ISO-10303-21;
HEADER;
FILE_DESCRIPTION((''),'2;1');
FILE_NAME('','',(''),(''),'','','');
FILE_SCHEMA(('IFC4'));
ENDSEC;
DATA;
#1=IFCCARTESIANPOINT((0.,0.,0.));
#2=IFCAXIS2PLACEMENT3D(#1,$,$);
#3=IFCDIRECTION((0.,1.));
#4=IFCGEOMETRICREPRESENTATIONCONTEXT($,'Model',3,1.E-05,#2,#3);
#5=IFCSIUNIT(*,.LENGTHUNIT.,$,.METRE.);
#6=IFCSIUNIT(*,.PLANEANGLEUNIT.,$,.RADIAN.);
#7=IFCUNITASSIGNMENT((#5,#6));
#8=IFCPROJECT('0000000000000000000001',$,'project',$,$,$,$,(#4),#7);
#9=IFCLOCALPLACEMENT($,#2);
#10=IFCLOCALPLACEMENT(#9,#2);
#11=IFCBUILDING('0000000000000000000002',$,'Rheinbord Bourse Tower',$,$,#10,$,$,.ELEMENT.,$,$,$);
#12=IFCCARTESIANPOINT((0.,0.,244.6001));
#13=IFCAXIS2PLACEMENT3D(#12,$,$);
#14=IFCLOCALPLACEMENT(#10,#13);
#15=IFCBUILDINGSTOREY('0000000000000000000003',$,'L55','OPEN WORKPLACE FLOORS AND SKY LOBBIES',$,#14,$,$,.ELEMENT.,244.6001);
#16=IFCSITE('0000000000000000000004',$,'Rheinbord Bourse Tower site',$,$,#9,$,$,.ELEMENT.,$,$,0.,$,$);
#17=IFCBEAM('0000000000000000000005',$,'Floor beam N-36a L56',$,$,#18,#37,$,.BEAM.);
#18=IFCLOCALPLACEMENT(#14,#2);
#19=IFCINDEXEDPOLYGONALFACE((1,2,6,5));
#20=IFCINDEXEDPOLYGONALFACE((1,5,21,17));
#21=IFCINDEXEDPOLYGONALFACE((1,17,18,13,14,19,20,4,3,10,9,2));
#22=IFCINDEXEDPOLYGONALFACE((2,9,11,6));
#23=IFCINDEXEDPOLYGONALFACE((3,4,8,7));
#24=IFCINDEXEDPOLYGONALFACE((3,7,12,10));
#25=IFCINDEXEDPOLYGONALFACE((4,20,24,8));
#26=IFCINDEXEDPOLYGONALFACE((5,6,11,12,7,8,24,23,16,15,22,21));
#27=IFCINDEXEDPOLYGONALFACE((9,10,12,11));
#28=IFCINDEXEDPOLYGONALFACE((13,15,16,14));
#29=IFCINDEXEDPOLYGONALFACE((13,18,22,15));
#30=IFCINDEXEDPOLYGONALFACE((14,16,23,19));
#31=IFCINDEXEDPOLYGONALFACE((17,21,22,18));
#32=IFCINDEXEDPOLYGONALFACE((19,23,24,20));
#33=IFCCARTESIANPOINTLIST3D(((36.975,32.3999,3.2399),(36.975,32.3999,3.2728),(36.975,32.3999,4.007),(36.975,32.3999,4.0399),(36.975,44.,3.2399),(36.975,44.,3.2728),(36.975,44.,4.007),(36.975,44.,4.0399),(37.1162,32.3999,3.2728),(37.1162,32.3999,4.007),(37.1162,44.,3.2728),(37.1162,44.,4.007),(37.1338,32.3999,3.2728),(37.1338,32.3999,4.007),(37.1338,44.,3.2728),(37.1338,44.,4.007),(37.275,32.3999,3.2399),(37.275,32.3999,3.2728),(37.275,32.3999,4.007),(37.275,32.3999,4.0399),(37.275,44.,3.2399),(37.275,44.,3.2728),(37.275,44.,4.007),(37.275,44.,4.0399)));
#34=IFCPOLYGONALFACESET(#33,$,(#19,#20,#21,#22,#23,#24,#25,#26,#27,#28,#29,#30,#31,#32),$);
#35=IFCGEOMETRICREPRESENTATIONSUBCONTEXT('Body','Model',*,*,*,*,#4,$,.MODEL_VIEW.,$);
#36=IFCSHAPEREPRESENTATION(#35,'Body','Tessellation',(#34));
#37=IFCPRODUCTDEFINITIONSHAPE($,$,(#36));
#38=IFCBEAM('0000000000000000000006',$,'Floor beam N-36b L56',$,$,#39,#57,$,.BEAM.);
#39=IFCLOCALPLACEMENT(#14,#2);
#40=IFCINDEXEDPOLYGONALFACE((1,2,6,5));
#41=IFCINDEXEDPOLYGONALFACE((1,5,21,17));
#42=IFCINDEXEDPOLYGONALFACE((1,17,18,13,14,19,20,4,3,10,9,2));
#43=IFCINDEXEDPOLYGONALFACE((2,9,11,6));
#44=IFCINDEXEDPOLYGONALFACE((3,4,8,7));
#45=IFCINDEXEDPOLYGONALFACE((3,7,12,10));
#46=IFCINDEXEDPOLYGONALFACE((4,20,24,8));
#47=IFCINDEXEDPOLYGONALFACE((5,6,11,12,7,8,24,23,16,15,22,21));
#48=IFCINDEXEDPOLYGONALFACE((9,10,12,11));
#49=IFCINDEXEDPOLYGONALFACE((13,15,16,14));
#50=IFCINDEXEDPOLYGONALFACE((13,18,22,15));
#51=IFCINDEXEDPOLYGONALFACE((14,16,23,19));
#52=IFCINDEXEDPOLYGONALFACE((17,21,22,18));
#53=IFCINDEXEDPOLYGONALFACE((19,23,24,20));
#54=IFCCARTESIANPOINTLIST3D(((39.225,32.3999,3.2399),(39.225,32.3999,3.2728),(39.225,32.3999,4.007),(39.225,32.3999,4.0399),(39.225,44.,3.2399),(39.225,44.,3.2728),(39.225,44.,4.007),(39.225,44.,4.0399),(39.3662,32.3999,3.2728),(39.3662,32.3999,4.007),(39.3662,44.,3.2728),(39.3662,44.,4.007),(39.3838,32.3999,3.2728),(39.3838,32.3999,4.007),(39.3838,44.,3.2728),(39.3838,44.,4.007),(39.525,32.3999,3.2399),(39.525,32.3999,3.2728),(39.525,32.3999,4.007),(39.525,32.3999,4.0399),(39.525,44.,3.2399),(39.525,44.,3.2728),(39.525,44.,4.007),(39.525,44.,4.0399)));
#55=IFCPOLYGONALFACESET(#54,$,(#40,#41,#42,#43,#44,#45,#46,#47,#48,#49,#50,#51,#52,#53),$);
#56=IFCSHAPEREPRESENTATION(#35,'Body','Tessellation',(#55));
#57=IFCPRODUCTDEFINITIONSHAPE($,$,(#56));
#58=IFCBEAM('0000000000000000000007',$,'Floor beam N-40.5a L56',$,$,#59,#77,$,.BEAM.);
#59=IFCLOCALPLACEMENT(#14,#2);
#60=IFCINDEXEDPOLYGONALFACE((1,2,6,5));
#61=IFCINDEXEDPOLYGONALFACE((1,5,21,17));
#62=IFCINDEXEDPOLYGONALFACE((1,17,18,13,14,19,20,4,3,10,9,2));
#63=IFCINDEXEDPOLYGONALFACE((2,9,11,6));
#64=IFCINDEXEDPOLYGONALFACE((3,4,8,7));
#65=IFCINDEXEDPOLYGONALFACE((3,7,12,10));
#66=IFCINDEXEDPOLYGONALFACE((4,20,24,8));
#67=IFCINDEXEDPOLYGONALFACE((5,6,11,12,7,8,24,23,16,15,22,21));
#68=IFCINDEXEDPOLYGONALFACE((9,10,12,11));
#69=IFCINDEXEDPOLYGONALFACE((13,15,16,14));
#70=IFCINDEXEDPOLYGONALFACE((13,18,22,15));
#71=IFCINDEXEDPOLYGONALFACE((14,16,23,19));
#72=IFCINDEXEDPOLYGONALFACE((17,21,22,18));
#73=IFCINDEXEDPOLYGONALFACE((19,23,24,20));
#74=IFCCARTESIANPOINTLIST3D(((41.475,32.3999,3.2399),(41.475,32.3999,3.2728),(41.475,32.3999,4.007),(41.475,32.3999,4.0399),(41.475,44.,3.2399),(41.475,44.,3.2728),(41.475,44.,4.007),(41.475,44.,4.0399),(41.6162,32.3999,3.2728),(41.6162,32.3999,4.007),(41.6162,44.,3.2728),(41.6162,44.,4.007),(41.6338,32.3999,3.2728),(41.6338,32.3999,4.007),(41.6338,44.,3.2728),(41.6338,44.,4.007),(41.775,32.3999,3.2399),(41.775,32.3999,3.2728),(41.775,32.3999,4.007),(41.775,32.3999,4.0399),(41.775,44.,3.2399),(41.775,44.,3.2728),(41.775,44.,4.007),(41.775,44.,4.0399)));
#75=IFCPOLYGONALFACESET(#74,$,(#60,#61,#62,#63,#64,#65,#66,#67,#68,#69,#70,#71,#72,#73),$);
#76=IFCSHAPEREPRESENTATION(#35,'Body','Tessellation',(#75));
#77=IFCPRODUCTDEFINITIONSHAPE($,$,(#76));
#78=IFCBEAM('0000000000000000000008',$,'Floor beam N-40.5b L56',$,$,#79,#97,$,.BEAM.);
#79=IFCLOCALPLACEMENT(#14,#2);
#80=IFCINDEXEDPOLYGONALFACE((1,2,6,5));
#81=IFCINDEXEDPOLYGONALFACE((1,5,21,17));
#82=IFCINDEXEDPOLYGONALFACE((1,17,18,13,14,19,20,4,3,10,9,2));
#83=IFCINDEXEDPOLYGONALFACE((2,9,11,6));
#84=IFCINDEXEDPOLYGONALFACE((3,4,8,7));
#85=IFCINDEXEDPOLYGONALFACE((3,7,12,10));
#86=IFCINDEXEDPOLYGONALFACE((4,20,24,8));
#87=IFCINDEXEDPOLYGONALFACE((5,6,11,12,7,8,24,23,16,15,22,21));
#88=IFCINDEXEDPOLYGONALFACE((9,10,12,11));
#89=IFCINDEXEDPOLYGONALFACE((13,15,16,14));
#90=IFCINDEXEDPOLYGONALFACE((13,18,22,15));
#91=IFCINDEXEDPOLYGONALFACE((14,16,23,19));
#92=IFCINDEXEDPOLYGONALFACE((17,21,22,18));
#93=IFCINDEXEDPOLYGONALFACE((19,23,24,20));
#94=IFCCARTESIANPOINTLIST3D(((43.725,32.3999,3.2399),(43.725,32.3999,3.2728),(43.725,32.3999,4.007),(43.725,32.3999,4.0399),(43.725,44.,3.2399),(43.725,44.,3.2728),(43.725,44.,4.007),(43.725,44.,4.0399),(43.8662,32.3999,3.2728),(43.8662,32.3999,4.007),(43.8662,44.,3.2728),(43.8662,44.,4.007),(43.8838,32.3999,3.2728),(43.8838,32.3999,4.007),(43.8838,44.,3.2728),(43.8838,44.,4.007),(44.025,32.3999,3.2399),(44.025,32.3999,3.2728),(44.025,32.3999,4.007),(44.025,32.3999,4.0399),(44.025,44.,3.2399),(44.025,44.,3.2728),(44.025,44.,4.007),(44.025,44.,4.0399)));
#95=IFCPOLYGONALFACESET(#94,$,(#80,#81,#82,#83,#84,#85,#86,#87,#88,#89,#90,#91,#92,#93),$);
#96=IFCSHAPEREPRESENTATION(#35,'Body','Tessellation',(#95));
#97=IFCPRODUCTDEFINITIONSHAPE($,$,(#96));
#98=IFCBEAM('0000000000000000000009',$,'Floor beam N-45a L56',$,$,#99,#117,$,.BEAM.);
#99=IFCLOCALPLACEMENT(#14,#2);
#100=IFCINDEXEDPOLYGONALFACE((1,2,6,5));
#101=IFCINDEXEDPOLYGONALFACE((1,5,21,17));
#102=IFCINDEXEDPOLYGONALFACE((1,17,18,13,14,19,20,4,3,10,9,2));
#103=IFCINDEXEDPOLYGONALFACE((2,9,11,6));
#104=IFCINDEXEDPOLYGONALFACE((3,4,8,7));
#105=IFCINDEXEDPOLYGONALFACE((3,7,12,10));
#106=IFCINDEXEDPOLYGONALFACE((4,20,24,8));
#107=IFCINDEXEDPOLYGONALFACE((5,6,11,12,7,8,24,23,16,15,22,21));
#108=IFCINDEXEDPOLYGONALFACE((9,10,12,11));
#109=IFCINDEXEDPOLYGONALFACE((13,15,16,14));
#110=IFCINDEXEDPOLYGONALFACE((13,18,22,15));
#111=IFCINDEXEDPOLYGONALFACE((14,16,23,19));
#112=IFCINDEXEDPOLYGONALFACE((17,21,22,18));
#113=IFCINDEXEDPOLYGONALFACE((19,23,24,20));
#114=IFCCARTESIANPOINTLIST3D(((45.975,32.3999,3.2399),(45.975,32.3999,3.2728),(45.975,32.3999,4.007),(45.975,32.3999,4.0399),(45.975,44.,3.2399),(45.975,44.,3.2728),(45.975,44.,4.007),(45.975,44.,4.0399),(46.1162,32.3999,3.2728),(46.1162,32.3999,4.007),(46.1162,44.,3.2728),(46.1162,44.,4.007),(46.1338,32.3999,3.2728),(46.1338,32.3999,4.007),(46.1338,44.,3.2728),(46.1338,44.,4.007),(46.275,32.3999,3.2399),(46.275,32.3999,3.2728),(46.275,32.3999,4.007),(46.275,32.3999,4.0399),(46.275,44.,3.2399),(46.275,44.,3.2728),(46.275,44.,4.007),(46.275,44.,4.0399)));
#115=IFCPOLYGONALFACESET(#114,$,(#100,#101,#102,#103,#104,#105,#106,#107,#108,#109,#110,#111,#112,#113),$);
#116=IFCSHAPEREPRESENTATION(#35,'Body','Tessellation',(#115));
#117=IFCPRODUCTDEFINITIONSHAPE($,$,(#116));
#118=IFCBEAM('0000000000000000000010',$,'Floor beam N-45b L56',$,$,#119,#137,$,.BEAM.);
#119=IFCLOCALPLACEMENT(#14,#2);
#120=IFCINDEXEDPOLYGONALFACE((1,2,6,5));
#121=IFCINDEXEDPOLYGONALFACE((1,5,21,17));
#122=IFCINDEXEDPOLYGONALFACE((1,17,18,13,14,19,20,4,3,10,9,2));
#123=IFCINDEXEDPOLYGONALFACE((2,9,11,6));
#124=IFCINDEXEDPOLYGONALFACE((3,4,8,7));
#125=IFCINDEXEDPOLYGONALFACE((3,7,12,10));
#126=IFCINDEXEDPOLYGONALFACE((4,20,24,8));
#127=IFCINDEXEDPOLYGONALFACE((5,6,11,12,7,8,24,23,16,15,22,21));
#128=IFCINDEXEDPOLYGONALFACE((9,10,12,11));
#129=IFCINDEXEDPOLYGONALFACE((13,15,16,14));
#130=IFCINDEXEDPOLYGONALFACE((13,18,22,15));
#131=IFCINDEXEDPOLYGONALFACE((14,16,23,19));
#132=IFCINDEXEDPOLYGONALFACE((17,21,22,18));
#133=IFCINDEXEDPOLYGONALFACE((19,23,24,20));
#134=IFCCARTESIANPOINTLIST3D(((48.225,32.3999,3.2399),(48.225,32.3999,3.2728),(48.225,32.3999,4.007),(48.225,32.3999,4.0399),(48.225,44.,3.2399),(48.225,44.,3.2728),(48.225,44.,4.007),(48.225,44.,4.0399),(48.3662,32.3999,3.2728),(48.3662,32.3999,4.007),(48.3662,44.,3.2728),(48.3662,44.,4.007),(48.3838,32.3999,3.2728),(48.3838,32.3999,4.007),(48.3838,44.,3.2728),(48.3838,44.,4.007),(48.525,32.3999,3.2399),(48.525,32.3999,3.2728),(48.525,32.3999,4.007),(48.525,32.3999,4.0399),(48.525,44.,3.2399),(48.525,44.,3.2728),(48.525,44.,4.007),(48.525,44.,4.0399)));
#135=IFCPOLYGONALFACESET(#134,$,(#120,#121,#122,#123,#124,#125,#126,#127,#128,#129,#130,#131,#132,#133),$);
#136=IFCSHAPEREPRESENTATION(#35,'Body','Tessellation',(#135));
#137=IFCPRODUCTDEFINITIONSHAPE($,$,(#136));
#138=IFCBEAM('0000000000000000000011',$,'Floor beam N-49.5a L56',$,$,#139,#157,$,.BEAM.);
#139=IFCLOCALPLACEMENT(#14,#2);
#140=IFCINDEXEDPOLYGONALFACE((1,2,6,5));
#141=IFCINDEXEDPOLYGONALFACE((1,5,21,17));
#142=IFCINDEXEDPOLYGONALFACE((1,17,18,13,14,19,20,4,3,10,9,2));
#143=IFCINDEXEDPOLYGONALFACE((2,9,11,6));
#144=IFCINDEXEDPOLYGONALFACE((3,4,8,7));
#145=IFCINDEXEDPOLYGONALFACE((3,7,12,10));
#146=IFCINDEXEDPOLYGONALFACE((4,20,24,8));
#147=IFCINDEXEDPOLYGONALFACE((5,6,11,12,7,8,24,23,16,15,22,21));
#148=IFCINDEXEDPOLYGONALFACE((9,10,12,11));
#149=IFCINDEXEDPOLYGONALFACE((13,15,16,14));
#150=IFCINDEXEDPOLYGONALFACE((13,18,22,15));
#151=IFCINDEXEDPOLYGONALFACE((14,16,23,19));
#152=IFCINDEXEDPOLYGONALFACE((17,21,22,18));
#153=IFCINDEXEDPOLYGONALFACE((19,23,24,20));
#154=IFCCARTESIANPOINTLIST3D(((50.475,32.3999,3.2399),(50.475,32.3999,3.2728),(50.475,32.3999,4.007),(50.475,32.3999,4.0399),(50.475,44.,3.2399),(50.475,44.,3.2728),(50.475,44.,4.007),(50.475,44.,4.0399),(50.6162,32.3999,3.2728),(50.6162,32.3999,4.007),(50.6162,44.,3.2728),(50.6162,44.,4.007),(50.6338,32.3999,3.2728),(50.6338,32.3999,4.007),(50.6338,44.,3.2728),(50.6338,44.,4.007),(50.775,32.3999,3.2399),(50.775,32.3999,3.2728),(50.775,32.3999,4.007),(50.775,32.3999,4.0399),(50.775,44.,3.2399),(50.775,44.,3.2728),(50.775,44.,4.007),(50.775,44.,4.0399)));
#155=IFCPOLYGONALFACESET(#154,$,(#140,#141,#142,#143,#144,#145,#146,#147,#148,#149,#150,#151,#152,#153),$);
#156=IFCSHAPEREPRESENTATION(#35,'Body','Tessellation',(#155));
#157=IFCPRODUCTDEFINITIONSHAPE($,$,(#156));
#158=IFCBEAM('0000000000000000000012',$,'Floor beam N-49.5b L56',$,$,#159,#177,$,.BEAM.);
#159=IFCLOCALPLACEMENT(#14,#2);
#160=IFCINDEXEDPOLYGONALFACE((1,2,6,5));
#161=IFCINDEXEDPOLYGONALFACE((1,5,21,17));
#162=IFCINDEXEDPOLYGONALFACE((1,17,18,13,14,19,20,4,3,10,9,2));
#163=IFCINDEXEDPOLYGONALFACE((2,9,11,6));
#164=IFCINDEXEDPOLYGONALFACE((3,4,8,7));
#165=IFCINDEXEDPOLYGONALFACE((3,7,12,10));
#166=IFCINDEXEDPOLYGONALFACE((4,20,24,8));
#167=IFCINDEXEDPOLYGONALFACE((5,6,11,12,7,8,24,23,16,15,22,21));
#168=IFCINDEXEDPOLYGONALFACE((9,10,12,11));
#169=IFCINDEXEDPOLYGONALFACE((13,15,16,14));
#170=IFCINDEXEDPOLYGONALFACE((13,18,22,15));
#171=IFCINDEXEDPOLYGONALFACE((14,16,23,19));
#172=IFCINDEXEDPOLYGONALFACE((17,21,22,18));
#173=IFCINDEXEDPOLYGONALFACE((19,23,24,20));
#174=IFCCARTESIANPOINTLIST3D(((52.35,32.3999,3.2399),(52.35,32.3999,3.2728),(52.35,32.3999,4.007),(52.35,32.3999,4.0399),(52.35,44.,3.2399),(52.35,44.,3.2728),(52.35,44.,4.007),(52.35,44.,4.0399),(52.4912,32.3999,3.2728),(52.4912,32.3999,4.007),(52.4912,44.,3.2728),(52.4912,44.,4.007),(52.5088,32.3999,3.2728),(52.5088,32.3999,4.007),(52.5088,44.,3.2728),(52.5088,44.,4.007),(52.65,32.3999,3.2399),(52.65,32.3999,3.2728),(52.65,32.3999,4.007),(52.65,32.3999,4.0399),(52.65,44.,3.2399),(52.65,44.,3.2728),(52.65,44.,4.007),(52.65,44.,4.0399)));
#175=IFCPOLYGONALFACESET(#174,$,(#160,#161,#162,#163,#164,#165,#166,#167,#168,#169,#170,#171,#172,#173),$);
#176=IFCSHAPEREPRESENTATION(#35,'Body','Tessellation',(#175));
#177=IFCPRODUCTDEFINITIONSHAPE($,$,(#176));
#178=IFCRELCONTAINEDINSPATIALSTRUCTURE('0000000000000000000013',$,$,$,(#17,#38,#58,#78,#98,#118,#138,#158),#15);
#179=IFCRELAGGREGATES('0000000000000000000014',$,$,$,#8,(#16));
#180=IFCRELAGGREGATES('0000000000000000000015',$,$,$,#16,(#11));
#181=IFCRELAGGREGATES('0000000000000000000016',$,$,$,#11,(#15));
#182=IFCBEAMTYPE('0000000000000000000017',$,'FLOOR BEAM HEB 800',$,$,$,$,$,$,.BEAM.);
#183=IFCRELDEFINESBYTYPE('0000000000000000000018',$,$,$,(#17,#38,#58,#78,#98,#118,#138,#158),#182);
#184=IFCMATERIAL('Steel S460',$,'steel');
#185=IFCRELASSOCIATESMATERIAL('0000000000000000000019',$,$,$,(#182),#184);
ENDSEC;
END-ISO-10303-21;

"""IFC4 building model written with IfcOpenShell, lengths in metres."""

from ifc_helpers import new_model, si_unit, direction, frame, origin, origin_2d, place, context, subcontext, project, spatial, i_section, extrude, material, material_profile, profile_set, type_object, element, save


model = new_model("IFC4")

# Units and contexts
model_context = context("Model", 3, precision=1e-05, world=origin(), true_north=direction((0.0, 1.0)))
body_context = subcontext(model_context, "Body", "Model", "MODEL_VIEW")
ifc_project = project(units=[si_unit("LENGTHUNIT", "METRE"), si_unit("PLANEANGLEUNIT", "RADIAN")], contexts=[model_context])

# Site, building, storey
site_placement = place(None, origin())
site = spatial("IfcSite", under=ifc_project, at=site_placement, Name="Rheinbord Bourse Tower site", CompositionType="ELEMENT", RefElevation=0.0)
building_placement = place(site_placement, origin())
building = spatial("IfcBuilding", under=site, at=building_placement, Name="Rheinbord Bourse Tower", CompositionType="ELEMENT")
storey_placement = place(building_placement, frame((0.0, 0.0, 244.6001)))
storey = spatial("IfcBuildingStorey", under=building, at=storey_placement, Name="L55", Description="OPEN WORKPLACE FLOORS AND SKY LOBBIES", CompositionType="ELEMENT", Elevation=244.6001)

# Beams
ifc_material_1 = material(Name="Steel S460", Category="steel")
ifc_material_profile_1 = material_profile(ifc_material_1, i_section(OverallWidth=0.3, OverallDepth=0.8, WebThickness=0.0176, FlangeThickness=0.033, at=origin_2d()), Name="HEB 800")
ifc_profile_set_1 = profile_set([ifc_material_profile_1], Name="Steel S460")
beam_type_1 = type_object("IfcBeamType", Name="FLOOR BEAM HEB 800", PredefinedType="BEAM", material=ifc_profile_set_1)
for number, where, z_axis, x_axis, name in (
    (1, (37.125, 44.0, 3.6399), (0.0, -1.0, 0.0), (1.0, 0.0, 0.0), "Floor beam N-36a L56"),
    (2, (39.375, 44.0, 3.6399), (0.0, -1.0, 0.0), (1.0, 0.0, 0.0), "Floor beam N-36b L56"),
    (3, (41.625, 44.0, 3.6399), (0.0, -1.0, 0.0), (1.0, 0.0, 0.0), "Floor beam N-40.5a L56"),
    (4, (43.875, 44.0, 3.6399), (0.0, -1.0, 0.0), (1.0, 0.0, 0.0), "Floor beam N-40.5b L56"),
    (5, (46.125, 44.0, 3.6399), (0.0, -1.0, 0.0), (1.0, 0.0, 0.0), "Floor beam N-45a L56"),
    (6, (48.375, 44.0, 3.6399), (0.0, -1.0, 0.0), (1.0, 0.0, 0.0), "Floor beam N-45b L56"),
    (7, (50.625, 44.0, 3.6399), (0.0, -1.0, 0.0), (1.0, 0.0, 0.0), "Floor beam N-49.5a L56"),
    (8, (52.5, 44.0, 3.6399), (0.0, -1.0, 0.0), (1.0, 0.0, 0.0), "Floor beam N-49.5b L56"),
):
    element("IfcBeam", number, at=place(storey_placement, frame(where, z_axis=z_axis, x_axis=x_axis)), inside=storey, type_object=beam_type_1, Name=name, PredefinedType="BEAM", context=body_context, shape_type="SweptSolid", body=[
        extrude(i_section(OverallWidth=0.3, OverallDepth=0.8, WebThickness=0.0176, FlangeThickness=0.033, at=origin_2d()), origin(), (0.0, 0.0, 1.0), 11.6001),
    ])

save(model, "model.ifc")
